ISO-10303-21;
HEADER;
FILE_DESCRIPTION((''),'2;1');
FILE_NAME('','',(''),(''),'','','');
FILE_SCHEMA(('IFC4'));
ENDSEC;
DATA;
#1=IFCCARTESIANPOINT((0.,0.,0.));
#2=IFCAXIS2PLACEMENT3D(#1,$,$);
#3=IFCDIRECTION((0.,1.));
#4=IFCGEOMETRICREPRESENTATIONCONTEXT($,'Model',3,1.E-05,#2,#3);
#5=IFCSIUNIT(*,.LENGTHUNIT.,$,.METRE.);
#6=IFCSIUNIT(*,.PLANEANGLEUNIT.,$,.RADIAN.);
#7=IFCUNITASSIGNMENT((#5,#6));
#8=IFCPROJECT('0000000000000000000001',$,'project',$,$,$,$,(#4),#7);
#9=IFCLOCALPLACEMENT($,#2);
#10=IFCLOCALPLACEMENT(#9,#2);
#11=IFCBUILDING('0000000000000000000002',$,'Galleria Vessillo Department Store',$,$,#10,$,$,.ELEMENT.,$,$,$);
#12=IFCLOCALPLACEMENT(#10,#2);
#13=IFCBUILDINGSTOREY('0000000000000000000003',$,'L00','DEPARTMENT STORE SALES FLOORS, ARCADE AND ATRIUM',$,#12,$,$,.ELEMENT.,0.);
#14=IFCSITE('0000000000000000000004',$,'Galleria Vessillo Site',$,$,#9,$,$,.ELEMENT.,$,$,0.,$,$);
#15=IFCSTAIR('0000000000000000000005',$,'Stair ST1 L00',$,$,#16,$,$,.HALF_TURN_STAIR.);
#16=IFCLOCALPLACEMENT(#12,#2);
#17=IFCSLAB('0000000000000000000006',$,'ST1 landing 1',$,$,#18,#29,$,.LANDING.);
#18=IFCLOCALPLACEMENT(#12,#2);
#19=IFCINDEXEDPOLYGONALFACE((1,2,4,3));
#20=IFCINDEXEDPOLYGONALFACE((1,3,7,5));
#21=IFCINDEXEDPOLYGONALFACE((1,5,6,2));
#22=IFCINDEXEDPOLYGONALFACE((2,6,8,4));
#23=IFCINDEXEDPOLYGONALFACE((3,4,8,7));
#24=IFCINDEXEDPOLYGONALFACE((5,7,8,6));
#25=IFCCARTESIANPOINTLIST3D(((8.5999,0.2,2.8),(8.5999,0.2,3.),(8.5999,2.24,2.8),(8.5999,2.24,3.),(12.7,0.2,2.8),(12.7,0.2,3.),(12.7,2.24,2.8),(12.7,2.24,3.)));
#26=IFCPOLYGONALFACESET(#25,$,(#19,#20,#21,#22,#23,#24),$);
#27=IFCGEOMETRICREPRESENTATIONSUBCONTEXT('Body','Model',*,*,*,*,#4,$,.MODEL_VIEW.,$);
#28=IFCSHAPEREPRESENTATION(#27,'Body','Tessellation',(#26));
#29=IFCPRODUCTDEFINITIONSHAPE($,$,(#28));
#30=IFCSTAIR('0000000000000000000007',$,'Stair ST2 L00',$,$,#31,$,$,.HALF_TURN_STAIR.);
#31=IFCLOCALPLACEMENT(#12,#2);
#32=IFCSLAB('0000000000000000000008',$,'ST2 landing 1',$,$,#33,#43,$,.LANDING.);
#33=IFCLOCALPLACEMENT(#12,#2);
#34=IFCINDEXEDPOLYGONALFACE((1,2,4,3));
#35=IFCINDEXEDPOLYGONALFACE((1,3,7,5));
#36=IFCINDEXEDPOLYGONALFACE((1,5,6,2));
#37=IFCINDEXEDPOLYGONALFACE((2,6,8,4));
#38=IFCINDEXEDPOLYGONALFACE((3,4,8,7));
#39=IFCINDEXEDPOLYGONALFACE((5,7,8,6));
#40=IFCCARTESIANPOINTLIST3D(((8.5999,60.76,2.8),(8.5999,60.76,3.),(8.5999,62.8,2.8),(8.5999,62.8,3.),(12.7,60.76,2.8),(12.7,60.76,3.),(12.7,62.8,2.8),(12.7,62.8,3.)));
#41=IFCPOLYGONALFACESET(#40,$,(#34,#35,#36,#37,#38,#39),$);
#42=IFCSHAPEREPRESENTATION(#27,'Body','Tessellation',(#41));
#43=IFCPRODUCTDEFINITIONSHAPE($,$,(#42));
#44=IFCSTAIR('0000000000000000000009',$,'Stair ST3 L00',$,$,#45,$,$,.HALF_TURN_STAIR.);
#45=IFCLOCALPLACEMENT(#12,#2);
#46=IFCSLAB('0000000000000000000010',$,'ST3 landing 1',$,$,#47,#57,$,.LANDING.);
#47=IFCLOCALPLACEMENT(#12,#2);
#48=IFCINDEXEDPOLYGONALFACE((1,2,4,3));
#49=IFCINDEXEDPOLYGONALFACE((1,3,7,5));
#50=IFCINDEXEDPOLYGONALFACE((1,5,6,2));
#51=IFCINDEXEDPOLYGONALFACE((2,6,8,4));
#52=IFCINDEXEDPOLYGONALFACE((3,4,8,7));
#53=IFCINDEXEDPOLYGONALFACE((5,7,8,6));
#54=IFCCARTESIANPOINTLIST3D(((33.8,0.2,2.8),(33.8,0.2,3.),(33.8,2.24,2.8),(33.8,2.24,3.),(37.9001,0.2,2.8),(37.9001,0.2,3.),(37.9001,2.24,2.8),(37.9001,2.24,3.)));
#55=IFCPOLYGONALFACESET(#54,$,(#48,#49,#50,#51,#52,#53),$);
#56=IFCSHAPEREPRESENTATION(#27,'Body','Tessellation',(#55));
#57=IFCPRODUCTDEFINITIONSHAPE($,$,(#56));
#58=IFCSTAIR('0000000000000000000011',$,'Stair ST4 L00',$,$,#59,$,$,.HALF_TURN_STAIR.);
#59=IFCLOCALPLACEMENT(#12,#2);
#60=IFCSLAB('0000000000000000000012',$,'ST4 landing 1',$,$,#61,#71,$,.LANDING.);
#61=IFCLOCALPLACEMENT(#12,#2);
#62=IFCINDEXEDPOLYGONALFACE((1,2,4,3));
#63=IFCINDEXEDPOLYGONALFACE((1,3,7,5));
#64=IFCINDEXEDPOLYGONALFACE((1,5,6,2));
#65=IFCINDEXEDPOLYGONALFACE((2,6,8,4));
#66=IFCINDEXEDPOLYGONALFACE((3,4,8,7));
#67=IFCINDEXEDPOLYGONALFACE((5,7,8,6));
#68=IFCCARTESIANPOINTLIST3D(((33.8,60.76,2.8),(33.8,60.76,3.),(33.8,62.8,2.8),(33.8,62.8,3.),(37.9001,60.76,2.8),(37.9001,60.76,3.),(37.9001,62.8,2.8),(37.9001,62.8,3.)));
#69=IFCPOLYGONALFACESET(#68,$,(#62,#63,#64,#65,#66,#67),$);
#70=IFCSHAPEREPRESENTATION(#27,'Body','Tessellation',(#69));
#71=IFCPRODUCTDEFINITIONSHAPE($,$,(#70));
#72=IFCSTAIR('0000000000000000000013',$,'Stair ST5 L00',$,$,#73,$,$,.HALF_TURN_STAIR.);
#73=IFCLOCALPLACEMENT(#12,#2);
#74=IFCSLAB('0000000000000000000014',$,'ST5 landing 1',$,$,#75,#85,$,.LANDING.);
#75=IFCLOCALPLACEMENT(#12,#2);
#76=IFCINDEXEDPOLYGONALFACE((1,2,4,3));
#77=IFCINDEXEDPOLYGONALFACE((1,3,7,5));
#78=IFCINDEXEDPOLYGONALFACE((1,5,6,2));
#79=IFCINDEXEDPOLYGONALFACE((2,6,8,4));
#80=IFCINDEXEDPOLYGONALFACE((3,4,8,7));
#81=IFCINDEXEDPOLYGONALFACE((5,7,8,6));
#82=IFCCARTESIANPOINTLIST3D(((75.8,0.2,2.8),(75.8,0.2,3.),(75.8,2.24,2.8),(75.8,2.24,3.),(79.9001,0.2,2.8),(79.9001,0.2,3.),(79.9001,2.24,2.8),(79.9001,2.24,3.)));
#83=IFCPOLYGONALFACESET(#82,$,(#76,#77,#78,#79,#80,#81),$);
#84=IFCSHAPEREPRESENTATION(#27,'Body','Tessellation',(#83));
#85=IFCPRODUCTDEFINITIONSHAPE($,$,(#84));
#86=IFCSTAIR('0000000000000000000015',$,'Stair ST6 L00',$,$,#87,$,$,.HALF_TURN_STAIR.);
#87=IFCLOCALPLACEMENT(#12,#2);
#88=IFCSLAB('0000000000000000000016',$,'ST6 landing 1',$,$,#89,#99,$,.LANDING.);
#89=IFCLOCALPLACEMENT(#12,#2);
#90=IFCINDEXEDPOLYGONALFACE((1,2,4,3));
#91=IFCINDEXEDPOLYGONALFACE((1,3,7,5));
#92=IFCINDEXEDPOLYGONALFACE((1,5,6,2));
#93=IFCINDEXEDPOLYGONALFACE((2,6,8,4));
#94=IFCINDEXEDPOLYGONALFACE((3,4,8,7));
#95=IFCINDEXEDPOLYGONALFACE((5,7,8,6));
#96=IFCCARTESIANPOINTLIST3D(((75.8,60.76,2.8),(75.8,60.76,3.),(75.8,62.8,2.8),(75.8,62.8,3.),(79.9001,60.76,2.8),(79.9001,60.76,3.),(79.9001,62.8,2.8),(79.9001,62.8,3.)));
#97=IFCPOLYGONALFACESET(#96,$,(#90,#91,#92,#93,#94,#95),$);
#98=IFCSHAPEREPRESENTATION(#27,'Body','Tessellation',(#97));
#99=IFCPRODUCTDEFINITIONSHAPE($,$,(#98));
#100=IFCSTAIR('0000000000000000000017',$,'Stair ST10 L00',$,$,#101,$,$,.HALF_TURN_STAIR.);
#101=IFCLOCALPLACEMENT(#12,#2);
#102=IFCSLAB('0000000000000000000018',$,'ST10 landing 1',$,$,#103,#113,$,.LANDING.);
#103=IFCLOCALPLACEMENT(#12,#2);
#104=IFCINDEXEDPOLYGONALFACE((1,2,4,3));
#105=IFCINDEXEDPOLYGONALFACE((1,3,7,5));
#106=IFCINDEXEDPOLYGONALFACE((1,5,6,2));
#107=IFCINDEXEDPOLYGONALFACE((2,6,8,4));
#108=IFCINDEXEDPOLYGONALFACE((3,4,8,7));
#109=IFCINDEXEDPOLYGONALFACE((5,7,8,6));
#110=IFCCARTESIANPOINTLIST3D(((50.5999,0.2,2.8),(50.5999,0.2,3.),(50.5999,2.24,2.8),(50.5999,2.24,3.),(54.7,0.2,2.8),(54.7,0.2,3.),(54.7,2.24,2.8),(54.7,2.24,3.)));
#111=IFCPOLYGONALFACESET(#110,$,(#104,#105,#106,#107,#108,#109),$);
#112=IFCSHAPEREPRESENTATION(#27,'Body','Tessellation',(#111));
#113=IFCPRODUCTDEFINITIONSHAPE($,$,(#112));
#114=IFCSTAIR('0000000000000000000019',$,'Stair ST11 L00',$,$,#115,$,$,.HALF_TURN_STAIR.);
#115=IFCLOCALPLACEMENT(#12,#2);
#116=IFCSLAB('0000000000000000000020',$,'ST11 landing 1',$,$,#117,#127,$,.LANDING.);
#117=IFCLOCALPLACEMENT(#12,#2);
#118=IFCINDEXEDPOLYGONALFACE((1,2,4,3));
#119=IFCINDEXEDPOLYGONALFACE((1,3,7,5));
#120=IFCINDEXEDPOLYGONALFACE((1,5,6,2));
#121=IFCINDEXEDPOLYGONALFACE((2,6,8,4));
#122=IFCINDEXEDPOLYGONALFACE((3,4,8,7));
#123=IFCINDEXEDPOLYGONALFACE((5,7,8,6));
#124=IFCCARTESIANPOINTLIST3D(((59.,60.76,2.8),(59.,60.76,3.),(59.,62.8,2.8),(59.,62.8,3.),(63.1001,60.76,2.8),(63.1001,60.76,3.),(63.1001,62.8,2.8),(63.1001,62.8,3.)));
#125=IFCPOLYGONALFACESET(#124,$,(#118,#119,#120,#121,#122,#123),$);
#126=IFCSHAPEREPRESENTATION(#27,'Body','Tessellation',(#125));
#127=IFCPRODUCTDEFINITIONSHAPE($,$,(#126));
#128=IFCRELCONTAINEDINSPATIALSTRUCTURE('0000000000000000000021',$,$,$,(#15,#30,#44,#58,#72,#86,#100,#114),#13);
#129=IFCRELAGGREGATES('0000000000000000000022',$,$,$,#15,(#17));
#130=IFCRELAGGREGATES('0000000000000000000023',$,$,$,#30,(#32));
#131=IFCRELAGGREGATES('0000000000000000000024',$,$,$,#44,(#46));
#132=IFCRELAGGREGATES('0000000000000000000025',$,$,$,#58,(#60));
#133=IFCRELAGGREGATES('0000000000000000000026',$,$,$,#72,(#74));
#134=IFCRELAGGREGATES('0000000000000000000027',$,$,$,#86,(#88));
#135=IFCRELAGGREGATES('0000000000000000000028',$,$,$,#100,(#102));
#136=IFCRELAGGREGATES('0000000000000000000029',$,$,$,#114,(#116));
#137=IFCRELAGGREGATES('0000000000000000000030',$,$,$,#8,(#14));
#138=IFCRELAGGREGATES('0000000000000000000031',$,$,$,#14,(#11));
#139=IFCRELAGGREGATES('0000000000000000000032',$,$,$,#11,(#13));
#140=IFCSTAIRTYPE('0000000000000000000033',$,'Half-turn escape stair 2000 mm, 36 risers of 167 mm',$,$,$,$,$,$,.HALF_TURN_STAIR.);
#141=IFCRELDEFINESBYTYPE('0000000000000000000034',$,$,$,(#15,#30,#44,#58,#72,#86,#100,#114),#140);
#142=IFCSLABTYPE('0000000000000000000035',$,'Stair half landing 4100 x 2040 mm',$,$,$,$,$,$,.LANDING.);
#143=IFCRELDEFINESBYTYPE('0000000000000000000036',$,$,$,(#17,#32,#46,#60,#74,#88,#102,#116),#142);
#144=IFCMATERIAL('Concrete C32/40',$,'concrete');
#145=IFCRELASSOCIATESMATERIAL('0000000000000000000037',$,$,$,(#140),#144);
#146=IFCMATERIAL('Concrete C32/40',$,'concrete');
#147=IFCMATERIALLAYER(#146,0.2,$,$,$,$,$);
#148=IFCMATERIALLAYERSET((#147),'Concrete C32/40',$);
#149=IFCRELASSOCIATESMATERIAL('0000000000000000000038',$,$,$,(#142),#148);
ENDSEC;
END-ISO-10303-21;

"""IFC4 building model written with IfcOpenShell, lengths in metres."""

from ifc_helpers import new_model, si_unit, direction, frame, origin, place, context, subcontext, project, spatial, polyline, outline, extrude, material, layer, layer_set, type_object, element, aggregate, save


model = new_model("IFC4")

# Units and contexts
model_context = context("Model", 3, precision=1e-05, world=origin(), true_north=direction((0.0, 1.0)))
body_context = subcontext(model_context, "Body", "Model", "MODEL_VIEW")
ifc_project = project(units=[si_unit("LENGTHUNIT", "METRE"), si_unit("PLANEANGLEUNIT", "RADIAN")], contexts=[model_context])

# Site, building, storey
site_placement = place(None, origin())
site = spatial("IfcSite", under=ifc_project, at=site_placement, Name="Galleria Vessillo Site", CompositionType="ELEMENT", RefElevation=0.0)
building_placement = place(site_placement, origin())
building = spatial("IfcBuilding", under=site, at=building_placement, Name="Galleria Vessillo Department Store", CompositionType="ELEMENT")
storey_placement = place(building_placement, origin())
storey = spatial("IfcBuildingStorey", under=building, at=storey_placement, Name="L00", Description="DEPARTMENT STORE SALES FLOORS, ARCADE AND ATRIUM", CompositionType="ELEMENT", Elevation=0.0)

# Stairs, slabs
ifc_material_1 = material(Name="Concrete C32/40", Category="concrete")
stair_type = type_object("IfcStairType", Name="Half-turn escape stair 2000 mm, 36 risers of 167 mm", PredefinedType="HALF_TURN_STAIR", material=ifc_material_1)
stair_1_placement = place(storey_placement, origin())
stair_1 = element("IfcStair", 1, at=stair_1_placement, inside=storey, type_object=stair_type, Name="Stair ST1 L00", PredefinedType="HALF_TURN_STAIR")
ifc_material_2 = material(Name="Concrete C32/40", Category="concrete")
ifc_layer_1 = layer(ifc_material_2, 0.2)
ifc_layer_set_1 = layer_set([ifc_layer_1], Name="Concrete C32/40")
slab_type_1 = type_object("IfcSlabType", Name="Stair half landing 4100 x 2040 mm", PredefinedType="LANDING", material=ifc_layer_set_1)
slab_1_placement = place(storey_placement, frame((0.0, 0.0, 2.8)))
slab_1 = element("IfcSlab", 2, at=slab_1_placement, type_object=slab_type_1, Name="ST1 landing 1", PredefinedType="LANDING", context=body_context, shape_type="SweptSolid", body=[
    extrude(outline(polyline([(8.5999, 0.2), (8.5999, 2.24), (12.7, 2.24), (12.7, 0.2), (8.5999, 0.2)])), origin(), (0.0, 0.0, 1.0), 0.2),
])
aggregate(stair_1, [slab_1])
stair_2_placement = place(storey_placement, origin())
stair_2 = element("IfcStair", 3, at=stair_2_placement, inside=storey, type_object=stair_type, Name="Stair ST2 L00", PredefinedType="HALF_TURN_STAIR")
slab_2_placement = place(storey_placement, frame((0.0, 0.0, 2.8)))
slab_2 = element("IfcSlab", 4, at=slab_2_placement, type_object=slab_type_1, Name="ST2 landing 1", PredefinedType="LANDING", context=body_context, shape_type="SweptSolid", body=[
    extrude(outline(polyline([(8.5999, 60.76), (8.5999, 62.8), (12.7, 62.8), (12.7, 60.76), (8.5999, 60.76)])), origin(), (0.0, 0.0, 1.0), 0.2),
])
aggregate(stair_2, [slab_2])
stair_3_placement = place(storey_placement, origin())
stair_3 = element("IfcStair", 5, at=stair_3_placement, inside=storey, type_object=stair_type, Name="Stair ST3 L00", PredefinedType="HALF_TURN_STAIR")
slab_3_placement = place(storey_placement, frame((0.0, 0.0, 2.8)))
slab_3 = element("IfcSlab", 6, at=slab_3_placement, type_object=slab_type_1, Name="ST3 landing 1", PredefinedType="LANDING", context=body_context, shape_type="SweptSolid", body=[
    extrude(outline(polyline([(33.8, 0.2), (33.8, 2.24), (37.9001, 2.24), (37.9001, 0.2), (33.8, 0.2)])), origin(), (0.0, 0.0, 1.0), 0.2),
])
aggregate(stair_3, [slab_3])
stair_4_placement = place(storey_placement, origin())
stair_4 = element("IfcStair", 7, at=stair_4_placement, inside=storey, type_object=stair_type, Name="Stair ST4 L00", PredefinedType="HALF_TURN_STAIR")
slab_4_placement = place(storey_placement, frame((0.0, 0.0, 2.8)))
slab_4 = element("IfcSlab", 8, at=slab_4_placement, type_object=slab_type_1, Name="ST4 landing 1", PredefinedType="LANDING", context=body_context, shape_type="SweptSolid", body=[
    extrude(outline(polyline([(33.8, 60.76), (33.8, 62.8), (37.9001, 62.8), (37.9001, 60.76), (33.8, 60.76)])), origin(), (0.0, 0.0, 1.0), 0.2),
])
aggregate(stair_4, [slab_4])
stair_5_placement = place(storey_placement, origin())
stair_5 = element("IfcStair", 9, at=stair_5_placement, inside=storey, type_object=stair_type, Name="Stair ST5 L00", PredefinedType="HALF_TURN_STAIR")
slab_5_placement = place(storey_placement, frame((0.0, 0.0, 2.8)))
slab_5 = element("IfcSlab", 10, at=slab_5_placement, type_object=slab_type_1, Name="ST5 landing 1", PredefinedType="LANDING", context=body_context, shape_type="SweptSolid", body=[
    extrude(outline(polyline([(75.8, 0.2), (75.8, 2.24), (79.9001, 2.24), (79.9001, 0.2), (75.8, 0.2)])), origin(), (0.0, 0.0, 1.0), 0.2),
])
aggregate(stair_5, [slab_5])
stair_6_placement = place(storey_placement, origin())
stair_6 = element("IfcStair", 11, at=stair_6_placement, inside=storey, type_object=stair_type, Name="Stair ST6 L00", PredefinedType="HALF_TURN_STAIR")
slab_6_placement = place(storey_placement, frame((0.0, 0.0, 2.8)))
slab_6 = element("IfcSlab", 12, at=slab_6_placement, type_object=slab_type_1, Name="ST6 landing 1", PredefinedType="LANDING", context=body_context, shape_type="SweptSolid", body=[
    extrude(outline(polyline([(75.8, 60.76), (75.8, 62.8), (79.9001, 62.8), (79.9001, 60.76), (75.8, 60.76)])), origin(), (0.0, 0.0, 1.0), 0.2),
])
aggregate(stair_6, [slab_6])
stair_7_placement = place(storey_placement, origin())
stair_7 = element("IfcStair", 13, at=stair_7_placement, inside=storey, type_object=stair_type, Name="Stair ST10 L00", PredefinedType="HALF_TURN_STAIR")
slab_7_placement = place(storey_placement, frame((0.0, 0.0, 2.8)))
slab_7 = element("IfcSlab", 14, at=slab_7_placement, type_object=slab_type_1, Name="ST10 landing 1", PredefinedType="LANDING", context=body_context, shape_type="SweptSolid", body=[
    extrude(outline(polyline([(50.5999, 0.2), (50.5999, 2.24), (54.7, 2.24), (54.7, 0.2), (50.5999, 0.2)])), origin(), (0.0, 0.0, 1.0), 0.2),
])
aggregate(stair_7, [slab_7])
stair_8_placement = place(storey_placement, origin())
stair_8 = element("IfcStair", 15, at=stair_8_placement, inside=storey, type_object=stair_type, Name="Stair ST11 L00", PredefinedType="HALF_TURN_STAIR")
slab_8_placement = place(storey_placement, frame((0.0, 0.0, 2.8)))
slab_8 = element("IfcSlab", 16, at=slab_8_placement, type_object=slab_type_1, Name="ST11 landing 1", PredefinedType="LANDING", context=body_context, shape_type="SweptSolid", body=[
    extrude(outline(polyline([(59.0, 60.76), (59.0, 62.8), (63.1001, 62.8), (63.1001, 60.76), (59.0, 60.76)])), origin(), (0.0, 0.0, 1.0), 0.2),
])
aggregate(stair_8, [slab_8])

save(model, "model.ifc")
